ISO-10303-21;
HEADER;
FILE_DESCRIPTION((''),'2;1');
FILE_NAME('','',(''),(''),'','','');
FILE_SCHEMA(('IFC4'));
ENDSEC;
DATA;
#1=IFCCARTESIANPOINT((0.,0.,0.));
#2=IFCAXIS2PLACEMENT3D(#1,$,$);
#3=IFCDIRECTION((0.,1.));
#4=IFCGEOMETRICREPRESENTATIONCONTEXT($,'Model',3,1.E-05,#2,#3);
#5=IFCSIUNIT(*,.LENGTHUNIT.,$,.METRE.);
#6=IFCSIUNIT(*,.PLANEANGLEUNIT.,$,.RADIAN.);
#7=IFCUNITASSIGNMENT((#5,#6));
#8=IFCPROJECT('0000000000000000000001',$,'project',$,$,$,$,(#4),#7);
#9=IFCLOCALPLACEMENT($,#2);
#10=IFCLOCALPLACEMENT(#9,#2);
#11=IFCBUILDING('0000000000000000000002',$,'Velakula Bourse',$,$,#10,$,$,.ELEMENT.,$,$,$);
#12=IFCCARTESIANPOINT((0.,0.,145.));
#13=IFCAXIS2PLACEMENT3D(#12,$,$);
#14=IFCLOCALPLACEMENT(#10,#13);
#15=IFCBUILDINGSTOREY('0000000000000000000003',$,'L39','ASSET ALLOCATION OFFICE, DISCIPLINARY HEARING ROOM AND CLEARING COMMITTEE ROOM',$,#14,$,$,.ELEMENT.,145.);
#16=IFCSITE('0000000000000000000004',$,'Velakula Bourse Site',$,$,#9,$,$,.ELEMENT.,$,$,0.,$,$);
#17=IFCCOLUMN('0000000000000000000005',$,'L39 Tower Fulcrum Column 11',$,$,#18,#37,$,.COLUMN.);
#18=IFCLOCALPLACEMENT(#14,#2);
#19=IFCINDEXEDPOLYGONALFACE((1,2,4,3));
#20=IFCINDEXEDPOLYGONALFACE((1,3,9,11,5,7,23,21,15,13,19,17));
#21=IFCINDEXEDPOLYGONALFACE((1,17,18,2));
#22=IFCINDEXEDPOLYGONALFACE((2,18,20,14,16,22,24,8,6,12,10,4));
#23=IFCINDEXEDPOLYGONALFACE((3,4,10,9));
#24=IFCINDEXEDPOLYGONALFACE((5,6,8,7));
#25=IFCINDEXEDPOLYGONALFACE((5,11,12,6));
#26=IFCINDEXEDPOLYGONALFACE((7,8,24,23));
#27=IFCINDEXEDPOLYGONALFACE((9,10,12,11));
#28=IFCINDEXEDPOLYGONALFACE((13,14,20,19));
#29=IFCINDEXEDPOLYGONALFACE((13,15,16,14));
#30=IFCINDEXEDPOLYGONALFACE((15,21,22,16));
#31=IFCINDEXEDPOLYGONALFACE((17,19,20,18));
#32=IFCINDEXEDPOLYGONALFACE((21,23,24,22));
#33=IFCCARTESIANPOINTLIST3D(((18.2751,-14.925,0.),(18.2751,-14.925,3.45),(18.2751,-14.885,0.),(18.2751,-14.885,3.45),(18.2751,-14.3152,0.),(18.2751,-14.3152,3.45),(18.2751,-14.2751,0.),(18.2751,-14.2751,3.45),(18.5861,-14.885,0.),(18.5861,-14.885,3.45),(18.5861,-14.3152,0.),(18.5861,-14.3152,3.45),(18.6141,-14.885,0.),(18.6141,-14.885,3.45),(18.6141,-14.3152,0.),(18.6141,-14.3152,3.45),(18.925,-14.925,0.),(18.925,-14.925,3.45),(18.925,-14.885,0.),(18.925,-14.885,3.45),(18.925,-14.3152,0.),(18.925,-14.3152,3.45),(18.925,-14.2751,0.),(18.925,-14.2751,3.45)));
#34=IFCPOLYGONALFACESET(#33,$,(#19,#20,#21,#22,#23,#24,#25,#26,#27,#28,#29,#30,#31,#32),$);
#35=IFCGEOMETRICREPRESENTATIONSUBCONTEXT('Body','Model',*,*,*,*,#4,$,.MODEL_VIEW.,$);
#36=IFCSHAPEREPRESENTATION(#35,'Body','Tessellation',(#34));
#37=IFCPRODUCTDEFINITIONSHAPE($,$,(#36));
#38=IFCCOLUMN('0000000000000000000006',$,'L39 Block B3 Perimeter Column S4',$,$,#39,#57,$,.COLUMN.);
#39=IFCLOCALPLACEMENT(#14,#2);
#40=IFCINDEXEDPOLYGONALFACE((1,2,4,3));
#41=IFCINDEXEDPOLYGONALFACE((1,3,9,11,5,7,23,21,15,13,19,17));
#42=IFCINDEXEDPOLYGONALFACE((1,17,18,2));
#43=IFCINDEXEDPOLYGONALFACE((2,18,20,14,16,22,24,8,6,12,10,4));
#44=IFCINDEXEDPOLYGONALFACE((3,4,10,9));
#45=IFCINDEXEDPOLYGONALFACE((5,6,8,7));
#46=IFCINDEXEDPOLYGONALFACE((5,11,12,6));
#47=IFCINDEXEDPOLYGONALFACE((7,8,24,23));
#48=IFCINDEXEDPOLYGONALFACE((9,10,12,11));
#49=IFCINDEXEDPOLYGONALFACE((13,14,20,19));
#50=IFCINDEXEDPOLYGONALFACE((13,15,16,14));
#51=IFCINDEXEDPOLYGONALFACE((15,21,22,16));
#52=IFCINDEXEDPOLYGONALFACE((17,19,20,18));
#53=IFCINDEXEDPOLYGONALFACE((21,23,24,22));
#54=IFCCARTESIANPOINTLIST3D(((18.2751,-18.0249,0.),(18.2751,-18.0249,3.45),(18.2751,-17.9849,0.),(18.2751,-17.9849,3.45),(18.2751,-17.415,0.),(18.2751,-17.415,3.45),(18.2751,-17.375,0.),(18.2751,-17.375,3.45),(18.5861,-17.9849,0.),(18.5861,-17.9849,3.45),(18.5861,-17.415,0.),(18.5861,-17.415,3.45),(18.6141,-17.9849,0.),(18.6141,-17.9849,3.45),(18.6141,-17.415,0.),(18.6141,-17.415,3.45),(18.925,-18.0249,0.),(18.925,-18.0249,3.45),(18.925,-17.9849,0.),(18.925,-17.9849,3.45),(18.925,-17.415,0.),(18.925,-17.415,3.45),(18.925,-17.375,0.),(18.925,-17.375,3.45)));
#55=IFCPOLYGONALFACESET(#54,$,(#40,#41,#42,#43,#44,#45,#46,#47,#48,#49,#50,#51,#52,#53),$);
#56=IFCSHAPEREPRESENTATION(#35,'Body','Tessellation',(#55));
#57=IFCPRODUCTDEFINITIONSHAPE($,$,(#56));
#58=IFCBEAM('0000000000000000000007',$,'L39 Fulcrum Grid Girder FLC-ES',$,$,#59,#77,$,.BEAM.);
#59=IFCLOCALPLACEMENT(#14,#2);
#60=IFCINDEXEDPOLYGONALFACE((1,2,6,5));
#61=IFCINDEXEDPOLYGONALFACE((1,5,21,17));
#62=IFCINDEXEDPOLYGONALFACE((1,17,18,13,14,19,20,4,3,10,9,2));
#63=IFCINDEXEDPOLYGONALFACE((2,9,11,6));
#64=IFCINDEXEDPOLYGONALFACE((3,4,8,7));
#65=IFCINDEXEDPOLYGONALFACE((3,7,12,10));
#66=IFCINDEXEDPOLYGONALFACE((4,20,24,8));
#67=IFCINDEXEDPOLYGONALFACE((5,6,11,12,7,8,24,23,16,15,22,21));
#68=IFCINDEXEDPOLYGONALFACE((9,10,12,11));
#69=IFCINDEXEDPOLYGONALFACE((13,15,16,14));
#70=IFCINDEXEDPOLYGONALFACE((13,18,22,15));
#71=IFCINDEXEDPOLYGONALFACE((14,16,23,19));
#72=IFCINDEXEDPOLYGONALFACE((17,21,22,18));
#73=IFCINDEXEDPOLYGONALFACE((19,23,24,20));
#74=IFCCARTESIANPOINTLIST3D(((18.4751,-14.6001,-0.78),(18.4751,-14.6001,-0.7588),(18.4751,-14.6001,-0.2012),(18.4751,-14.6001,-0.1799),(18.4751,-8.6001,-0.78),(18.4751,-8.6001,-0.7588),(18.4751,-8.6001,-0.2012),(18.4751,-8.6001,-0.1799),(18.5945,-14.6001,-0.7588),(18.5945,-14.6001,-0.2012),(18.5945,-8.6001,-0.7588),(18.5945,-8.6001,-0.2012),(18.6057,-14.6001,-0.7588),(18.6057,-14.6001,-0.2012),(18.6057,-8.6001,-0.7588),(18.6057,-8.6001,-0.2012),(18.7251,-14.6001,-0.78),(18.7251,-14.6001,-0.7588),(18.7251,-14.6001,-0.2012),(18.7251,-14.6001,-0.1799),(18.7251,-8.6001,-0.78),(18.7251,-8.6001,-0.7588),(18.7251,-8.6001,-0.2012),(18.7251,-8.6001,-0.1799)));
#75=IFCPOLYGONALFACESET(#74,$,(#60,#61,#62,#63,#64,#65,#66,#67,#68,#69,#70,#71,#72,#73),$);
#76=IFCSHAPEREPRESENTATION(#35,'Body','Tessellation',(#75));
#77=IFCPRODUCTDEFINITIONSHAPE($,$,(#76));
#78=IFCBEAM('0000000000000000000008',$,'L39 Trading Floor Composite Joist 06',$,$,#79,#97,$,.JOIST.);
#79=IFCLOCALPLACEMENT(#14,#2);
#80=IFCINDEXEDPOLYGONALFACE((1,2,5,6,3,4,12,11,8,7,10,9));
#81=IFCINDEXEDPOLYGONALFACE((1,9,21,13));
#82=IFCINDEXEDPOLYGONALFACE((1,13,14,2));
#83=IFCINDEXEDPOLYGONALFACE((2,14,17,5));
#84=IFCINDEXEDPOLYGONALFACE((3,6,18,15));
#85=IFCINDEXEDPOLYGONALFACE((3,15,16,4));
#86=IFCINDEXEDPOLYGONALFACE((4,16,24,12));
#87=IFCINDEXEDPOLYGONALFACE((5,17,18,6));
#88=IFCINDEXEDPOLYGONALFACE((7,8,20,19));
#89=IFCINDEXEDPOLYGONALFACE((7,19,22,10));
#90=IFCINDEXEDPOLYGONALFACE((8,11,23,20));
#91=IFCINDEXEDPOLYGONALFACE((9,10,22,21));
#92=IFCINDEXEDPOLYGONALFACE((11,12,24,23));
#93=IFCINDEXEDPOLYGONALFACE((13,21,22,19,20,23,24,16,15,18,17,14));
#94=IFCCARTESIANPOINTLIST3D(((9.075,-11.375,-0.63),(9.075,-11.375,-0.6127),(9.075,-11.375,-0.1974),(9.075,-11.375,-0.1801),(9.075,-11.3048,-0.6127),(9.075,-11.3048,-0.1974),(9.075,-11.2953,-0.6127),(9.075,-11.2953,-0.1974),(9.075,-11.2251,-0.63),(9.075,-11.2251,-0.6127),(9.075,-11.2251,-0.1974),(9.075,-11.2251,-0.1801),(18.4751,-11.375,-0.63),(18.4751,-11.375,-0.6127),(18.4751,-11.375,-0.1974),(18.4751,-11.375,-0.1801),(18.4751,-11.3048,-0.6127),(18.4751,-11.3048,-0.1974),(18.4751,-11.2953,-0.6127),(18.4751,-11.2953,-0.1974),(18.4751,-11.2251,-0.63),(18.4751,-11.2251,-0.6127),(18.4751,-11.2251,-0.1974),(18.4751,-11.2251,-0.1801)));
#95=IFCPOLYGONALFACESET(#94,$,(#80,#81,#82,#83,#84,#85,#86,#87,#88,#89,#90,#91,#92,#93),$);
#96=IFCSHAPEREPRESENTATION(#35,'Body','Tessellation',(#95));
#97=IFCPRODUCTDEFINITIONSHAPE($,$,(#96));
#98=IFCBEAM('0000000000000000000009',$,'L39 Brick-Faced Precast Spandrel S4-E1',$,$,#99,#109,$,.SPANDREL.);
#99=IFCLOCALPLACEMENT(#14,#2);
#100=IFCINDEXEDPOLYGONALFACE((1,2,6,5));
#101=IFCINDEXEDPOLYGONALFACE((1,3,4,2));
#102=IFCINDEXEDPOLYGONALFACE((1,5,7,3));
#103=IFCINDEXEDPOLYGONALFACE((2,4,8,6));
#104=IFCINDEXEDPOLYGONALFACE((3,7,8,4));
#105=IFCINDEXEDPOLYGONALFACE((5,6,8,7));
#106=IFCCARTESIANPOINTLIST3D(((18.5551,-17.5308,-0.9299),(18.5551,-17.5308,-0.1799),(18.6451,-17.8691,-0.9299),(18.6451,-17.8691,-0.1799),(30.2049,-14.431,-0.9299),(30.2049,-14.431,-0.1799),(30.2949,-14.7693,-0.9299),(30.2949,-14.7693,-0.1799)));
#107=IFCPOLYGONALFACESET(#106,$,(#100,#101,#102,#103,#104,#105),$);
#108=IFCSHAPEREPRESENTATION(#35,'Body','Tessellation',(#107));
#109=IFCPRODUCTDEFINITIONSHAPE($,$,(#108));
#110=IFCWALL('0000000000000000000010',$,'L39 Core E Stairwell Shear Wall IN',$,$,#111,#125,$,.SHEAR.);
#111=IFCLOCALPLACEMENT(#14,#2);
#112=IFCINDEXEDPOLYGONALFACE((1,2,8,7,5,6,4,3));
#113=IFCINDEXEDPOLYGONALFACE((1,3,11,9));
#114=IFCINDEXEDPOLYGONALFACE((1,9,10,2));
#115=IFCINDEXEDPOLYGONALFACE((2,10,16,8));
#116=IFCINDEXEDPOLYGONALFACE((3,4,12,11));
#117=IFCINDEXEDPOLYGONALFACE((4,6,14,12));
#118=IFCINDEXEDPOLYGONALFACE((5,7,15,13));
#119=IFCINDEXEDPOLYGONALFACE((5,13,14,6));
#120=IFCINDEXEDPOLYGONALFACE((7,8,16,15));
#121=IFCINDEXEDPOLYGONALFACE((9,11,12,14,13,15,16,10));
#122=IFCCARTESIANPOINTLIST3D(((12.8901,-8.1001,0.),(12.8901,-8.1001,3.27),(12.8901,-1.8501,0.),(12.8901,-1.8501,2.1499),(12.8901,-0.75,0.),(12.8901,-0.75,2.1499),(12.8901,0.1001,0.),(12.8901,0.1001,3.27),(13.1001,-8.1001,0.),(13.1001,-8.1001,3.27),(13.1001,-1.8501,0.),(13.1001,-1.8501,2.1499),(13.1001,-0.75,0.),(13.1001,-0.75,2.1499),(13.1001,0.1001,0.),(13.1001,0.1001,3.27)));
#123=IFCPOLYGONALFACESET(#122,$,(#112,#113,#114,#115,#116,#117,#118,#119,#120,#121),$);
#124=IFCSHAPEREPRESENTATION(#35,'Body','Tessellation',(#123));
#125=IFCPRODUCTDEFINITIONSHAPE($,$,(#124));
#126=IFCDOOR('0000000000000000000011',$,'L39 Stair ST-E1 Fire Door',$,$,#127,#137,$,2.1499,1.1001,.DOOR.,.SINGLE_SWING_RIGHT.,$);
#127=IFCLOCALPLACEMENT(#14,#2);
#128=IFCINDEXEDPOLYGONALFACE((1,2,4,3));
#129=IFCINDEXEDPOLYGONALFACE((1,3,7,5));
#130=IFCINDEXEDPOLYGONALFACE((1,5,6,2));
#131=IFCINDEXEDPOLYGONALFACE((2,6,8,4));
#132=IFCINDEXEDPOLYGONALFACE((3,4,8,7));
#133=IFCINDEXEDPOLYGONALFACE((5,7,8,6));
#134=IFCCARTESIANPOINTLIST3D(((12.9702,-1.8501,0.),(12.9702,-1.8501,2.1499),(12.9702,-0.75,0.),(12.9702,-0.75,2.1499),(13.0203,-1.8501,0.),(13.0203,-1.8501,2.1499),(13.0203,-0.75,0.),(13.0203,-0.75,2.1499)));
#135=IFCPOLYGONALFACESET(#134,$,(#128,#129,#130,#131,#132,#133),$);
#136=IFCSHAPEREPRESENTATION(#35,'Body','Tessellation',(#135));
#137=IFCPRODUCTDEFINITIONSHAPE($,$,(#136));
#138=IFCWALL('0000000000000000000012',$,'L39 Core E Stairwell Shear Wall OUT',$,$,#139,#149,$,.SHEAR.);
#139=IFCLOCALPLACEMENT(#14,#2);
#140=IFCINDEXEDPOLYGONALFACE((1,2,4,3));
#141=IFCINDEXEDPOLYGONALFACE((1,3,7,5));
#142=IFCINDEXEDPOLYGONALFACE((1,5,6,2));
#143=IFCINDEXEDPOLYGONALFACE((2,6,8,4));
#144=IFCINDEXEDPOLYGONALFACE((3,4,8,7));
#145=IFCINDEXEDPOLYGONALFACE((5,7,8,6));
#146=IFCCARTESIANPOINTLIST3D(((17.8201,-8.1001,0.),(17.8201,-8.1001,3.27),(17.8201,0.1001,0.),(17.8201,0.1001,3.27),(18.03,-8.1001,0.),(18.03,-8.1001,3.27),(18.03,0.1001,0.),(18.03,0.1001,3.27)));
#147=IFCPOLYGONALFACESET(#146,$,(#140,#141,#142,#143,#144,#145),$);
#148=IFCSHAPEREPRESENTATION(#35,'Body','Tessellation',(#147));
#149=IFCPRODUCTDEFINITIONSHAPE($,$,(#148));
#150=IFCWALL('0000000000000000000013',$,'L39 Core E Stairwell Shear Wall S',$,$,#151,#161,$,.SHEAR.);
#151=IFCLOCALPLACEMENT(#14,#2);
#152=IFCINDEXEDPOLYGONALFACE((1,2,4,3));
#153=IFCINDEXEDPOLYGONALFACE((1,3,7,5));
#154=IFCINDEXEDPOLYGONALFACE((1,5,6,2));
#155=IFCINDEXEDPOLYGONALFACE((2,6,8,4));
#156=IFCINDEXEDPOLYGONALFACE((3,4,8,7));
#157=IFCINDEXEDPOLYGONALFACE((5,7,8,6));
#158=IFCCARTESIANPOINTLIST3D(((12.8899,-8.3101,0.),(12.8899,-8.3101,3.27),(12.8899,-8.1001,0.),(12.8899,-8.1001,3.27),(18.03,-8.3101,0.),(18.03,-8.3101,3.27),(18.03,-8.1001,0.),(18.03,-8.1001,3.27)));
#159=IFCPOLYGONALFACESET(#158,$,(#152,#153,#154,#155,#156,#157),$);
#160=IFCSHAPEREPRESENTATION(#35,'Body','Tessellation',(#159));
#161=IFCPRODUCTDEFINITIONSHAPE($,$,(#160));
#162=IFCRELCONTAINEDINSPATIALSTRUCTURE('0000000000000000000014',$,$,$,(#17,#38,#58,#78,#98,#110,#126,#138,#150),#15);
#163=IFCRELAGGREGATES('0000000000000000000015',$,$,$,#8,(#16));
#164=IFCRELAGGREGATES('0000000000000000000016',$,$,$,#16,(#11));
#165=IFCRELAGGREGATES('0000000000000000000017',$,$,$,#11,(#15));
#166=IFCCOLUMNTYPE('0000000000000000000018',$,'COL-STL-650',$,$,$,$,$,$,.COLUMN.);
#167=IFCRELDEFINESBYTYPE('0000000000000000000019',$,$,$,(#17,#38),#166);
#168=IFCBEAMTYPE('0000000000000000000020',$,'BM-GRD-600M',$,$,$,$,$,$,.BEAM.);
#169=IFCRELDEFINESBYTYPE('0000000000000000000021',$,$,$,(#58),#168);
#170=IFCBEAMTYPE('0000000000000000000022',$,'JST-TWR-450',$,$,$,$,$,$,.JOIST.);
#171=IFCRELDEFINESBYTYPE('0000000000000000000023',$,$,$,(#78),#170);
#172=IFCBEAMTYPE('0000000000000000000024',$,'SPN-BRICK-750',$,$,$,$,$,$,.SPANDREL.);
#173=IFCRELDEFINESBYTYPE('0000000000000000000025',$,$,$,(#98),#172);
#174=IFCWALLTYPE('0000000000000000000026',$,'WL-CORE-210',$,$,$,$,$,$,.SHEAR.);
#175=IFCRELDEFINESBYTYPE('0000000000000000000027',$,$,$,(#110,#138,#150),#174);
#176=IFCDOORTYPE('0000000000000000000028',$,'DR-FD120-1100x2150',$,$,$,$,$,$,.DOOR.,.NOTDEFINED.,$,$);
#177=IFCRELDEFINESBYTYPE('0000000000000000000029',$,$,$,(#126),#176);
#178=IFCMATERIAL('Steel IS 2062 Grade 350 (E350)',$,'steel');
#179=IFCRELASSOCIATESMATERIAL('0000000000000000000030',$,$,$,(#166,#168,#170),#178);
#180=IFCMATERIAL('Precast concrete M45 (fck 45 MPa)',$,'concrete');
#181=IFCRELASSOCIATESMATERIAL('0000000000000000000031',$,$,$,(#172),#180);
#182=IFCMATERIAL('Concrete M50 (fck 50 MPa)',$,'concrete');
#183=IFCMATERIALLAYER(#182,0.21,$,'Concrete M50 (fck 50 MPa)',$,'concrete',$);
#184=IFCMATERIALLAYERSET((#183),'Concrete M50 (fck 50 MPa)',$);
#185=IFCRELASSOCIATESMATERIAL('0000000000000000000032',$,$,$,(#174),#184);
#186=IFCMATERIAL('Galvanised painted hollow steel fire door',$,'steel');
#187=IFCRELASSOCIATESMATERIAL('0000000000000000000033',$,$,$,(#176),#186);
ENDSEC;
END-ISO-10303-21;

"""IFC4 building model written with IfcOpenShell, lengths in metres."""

from ifc_helpers import new_model, si_unit, direction, frame, frame_2d, origin, origin_2d, place, context, subcontext, project, spatial, rectangle, i_section, extrude, material, layer, layer_set, material_profile, profile_set, type_object, element, fill, save


model = new_model("IFC4")

# Units and contexts
model_context = context("Model", 3, precision=1e-05, world=origin(), true_north=direction((0.0, 1.0)))
body_context = subcontext(model_context, "Body", "Model", "MODEL_VIEW")
ifc_project = project(units=[si_unit("LENGTHUNIT", "METRE"), si_unit("PLANEANGLEUNIT", "RADIAN")], contexts=[model_context])

# Site, building, storey
site_placement = place(None, origin())
site = spatial("IfcSite", under=ifc_project, at=site_placement, Name="Velakula Bourse Site", CompositionType="ELEMENT", RefElevation=0.0)
building_placement = place(site_placement, origin())
building = spatial("IfcBuilding", under=site, at=building_placement, Name="Velakula Bourse", CompositionType="ELEMENT")
storey_placement = place(building_placement, frame((0.0, 0.0, 145.0)))
storey = spatial("IfcBuildingStorey", under=building, at=storey_placement, Name="L39", Description="ASSET ALLOCATION OFFICE, DISCIPLINARY HEARING ROOM AND CLEARING COMMITTEE ROOM", CompositionType="ELEMENT", Elevation=145.0)

# Columns
ifc_material_1 = material(Name="Steel IS 2062 Grade 350 (E350)", Category="steel")
ifc_material_profile_1 = material_profile(ifc_material_1, i_section(OverallWidth=0.6499, OverallDepth=0.6499, WebThickness=0.0281, FlangeThickness=0.04, at=origin_2d()), Name="Steel IS 2062 Grade 350 (E350)")
ifc_profile_set_1 = profile_set([ifc_material_profile_1], Name="Steel IS 2062 Grade 350 (E350)")
column_type = type_object("IfcColumnType", Name="COL-STL-650", PredefinedType="COLUMN", material=ifc_profile_set_1)
for number, where, z_axis, x_axis, name in (
    (1, (18.6001, -14.6001, 0.0), (0.0, 0.0, 1.0), (1.0, 0.0, 0.0), "L39 Tower Fulcrum Column 11"),
    (2, (18.6001, -17.7, 0.0), (0.0, 0.0, 1.0), (1.0, 0.0, 0.0), "L39 Block B3 Perimeter Column S4"),
):
    element("IfcColumn", number, at=place(storey_placement, frame(where, z_axis=z_axis, x_axis=x_axis)), inside=storey, type_object=column_type, Name=name, PredefinedType="COLUMN", context=body_context, shape_type="SweptSolid", body=[
        extrude(i_section(OverallWidth=0.6499, OverallDepth=0.6499, WebThickness=0.0281, FlangeThickness=0.04, at=origin_2d()), origin(), (0.0, 0.0, 1.0), 3.45),
    ])

# Beams
ifc_material_profile_2 = material_profile(ifc_material_1, i_section(OverallWidth=0.25, OverallDepth=0.6001, WebThickness=0.0112, FlangeThickness=0.0212, at=origin_2d()), Name="Steel IS 2062 Grade 350 (E350)")
ifc_profile_set_2 = profile_set([ifc_material_profile_2], Name="Steel IS 2062 Grade 350 (E350)")
beam_type_1 = type_object("IfcBeamType", Name="BM-GRD-600M", PredefinedType="BEAM", material=ifc_profile_set_2)
beam_1_placement = place(storey_placement, frame((18.6001, -14.6001, -0.48), z_axis=(0.0, 1.0, 0.0), x_axis=(-1.0, 0.0, 0.0)))
element("IfcBeam", 3, at=beam_1_placement, inside=storey, type_object=beam_type_1, Name="L39 Fulcrum Grid Girder FLC-ES", PredefinedType="BEAM", context=body_context, shape_type="SweptSolid", body=[
    extrude(i_section(OverallWidth=0.25, OverallDepth=0.6001, WebThickness=0.0112, FlangeThickness=0.0212, at=origin_2d()), origin(), (0.0, 0.0, 1.0), 6.0),
])
ifc_material_profile_3 = material_profile(ifc_material_1, i_section(OverallWidth=0.1499, OverallDepth=0.45, WebThickness=0.0095, FlangeThickness=0.0173, at=origin_2d()), Name="Steel IS 2062 Grade 350 (E350)")
ifc_profile_set_3 = profile_set([ifc_material_profile_3], Name="Steel IS 2062 Grade 350 (E350)")
beam_type_2 = type_object("IfcBeamType", Name="JST-TWR-450", PredefinedType="JOIST", material=ifc_profile_set_3)
beam_2_placement = place(storey_placement, frame((9.075, -11.3, -0.405), z_axis=(1.0, 0.0, 0.0), x_axis=(0.0, 1.0, 0.0)))
element("IfcBeam", 4, at=beam_2_placement, inside=storey, type_object=beam_type_2, Name="L39 Trading Floor Composite Joist 06", PredefinedType="JOIST", context=body_context, shape_type="SweptSolid", body=[
    extrude(i_section(OverallWidth=0.1499, OverallDepth=0.45, WebThickness=0.0095, FlangeThickness=0.0173, at=origin_2d()), origin(), (0.0, 0.0, 1.0), 9.4001),
])
ifc_material_2 = material(Name="Precast concrete M45 (fck 45 MPa)", Category="concrete")
ifc_material_profile_4 = material_profile(ifc_material_2, rectangle(XDim=0.3501, YDim=0.75, at=origin_2d()), Name="Precast concrete M45 (fck 45 MPa)")
ifc_profile_set_4 = profile_set([ifc_material_profile_4], Name="Precast concrete M45 (fck 45 MPa)")
beam_type_3 = type_object("IfcBeamType", Name="SPN-BRICK-750", PredefinedType="SPANDREL", material=ifc_profile_set_4)
beam_3_placement = place(storey_placement, frame((18.6001, -17.7, -0.5549), z_axis=(0.966375, 0.257137, 0.0), x_axis=(-0.257137, 0.966375, 0.0)))
element("IfcBeam", 5, at=beam_3_placement, inside=storey, type_object=beam_type_3, Name="L39 Brick-Faced Precast Spandrel S4-E1", PredefinedType="SPANDREL", context=body_context, shape_type="SweptSolid", body=[
    extrude(rectangle(XDim=0.3501, YDim=0.75, at=origin_2d()), origin(), (0.0, 0.0, 1.0), 12.0552),
])

# Wall, opening, door
ifc_material_3 = material(Name="Concrete M50 (fck 50 MPa)", Category="concrete")
ifc_layer_1 = layer(ifc_material_3, 0.21, Name="Concrete M50 (fck 50 MPa)", Category="concrete")
ifc_layer_set_1 = layer_set([ifc_layer_1], Name="Concrete M50 (fck 50 MPa)")
wall_type_1 = type_object("IfcWallType", Name="WL-CORE-210", PredefinedType="SHEAR", material=ifc_layer_set_1)
wall_1_placement = place(storey_placement, frame((12.9951, -8.1001, 0.0), z_axis=(0.0, 0.0, 1.0), x_axis=(0.0, 1.0, 0.0)))
wall_1 = element("IfcWall", 6, at=wall_1_placement, inside=storey, type_object=wall_type_1, Name="L39 Core E Stairwell Shear Wall IN", PredefinedType="SHEAR", context=body_context, shape_type="SweptSolid", body=[
    extrude(rectangle(XDim=8.2002, YDim=0.21, at=frame_2d((4.1001, 0.0))), origin(), (0.0, 0.0, 1.0), 3.27),
])
opening_1_placement = place(wall_1_placement, frame((6.25, 0.0, 0.0)))
opening_1 = element("IfcOpeningElement", 7, at=opening_1_placement, cuts=wall_1, PredefinedType="OPENING", context=body_context, shape_type="SweptSolid", body=[
    extrude(rectangle(XDim=1.1001, YDim=2.1499, at=frame_2d((0.55, 1.075))), frame((0.0, 0.115, 0.0), z_axis=(0.0, -1.0, 0.0), x_axis=(1.0, 0.0, 0.0)), (0.0, 0.0, 1.0), 0.23),
])
ifc_material_4 = material(Name="Galvanised painted hollow steel fire door", Category="steel")
door_type_1 = type_object("IfcDoorType", Name="DR-FD120-1100x2150", OperationType="NOTDEFINED", PredefinedType="DOOR", material=ifc_material_4)
door_1_placement = place(opening_1_placement, origin())
door_1 = element("IfcDoor", 8, at=door_1_placement, inside=storey, type_object=door_type_1, Name="L39 Stair ST-E1 Fire Door", OperationType="SINGLE_SWING_RIGHT", OverallHeight=2.1499, OverallWidth=1.1001, PredefinedType="DOOR", context=body_context, shape_type="SweptSolid", body=[
    extrude(rectangle(XDim=1.1001, YDim=2.1499, at=frame_2d((0.55, 1.075))), frame((0.0, 0.0249, 0.0), z_axis=(0.0, -1.0, 0.0), x_axis=(1.0, 0.0, 0.0)), (0.0, 0.0, 1.0), 0.05),
])
fill(opening_1, door_1)

# Walls
wall_2_placement = place(storey_placement, frame((17.925, -8.1001, 0.0), z_axis=(0.0, 0.0, 1.0), x_axis=(0.0, 1.0, 0.0)))
element("IfcWall", 9, at=wall_2_placement, inside=storey, type_object=wall_type_1, Name="L39 Core E Stairwell Shear Wall OUT", PredefinedType="SHEAR", context=body_context, shape_type="SweptSolid", body=[
    extrude(rectangle(XDim=8.2002, YDim=0.21, at=frame_2d((4.1001, 0.0))), origin(), (0.0, 0.0, 1.0), 3.27),
])
wall_3_placement = place(storey_placement, frame((12.8899, -8.2051, 0.0), z_axis=(0.0, 0.0, 1.0), x_axis=(1.0, 0.0, 0.0)))
element("IfcWall", 10, at=wall_3_placement, inside=storey, type_object=wall_type_1, Name="L39 Core E Stairwell Shear Wall S", PredefinedType="SHEAR", context=body_context, shape_type="SweptSolid", body=[
    extrude(rectangle(XDim=5.1401, YDim=0.21, at=frame_2d((2.5701, 0.0))), origin(), (0.0, 0.0, 1.0), 3.27),
])

save(model, "model.ifc")
